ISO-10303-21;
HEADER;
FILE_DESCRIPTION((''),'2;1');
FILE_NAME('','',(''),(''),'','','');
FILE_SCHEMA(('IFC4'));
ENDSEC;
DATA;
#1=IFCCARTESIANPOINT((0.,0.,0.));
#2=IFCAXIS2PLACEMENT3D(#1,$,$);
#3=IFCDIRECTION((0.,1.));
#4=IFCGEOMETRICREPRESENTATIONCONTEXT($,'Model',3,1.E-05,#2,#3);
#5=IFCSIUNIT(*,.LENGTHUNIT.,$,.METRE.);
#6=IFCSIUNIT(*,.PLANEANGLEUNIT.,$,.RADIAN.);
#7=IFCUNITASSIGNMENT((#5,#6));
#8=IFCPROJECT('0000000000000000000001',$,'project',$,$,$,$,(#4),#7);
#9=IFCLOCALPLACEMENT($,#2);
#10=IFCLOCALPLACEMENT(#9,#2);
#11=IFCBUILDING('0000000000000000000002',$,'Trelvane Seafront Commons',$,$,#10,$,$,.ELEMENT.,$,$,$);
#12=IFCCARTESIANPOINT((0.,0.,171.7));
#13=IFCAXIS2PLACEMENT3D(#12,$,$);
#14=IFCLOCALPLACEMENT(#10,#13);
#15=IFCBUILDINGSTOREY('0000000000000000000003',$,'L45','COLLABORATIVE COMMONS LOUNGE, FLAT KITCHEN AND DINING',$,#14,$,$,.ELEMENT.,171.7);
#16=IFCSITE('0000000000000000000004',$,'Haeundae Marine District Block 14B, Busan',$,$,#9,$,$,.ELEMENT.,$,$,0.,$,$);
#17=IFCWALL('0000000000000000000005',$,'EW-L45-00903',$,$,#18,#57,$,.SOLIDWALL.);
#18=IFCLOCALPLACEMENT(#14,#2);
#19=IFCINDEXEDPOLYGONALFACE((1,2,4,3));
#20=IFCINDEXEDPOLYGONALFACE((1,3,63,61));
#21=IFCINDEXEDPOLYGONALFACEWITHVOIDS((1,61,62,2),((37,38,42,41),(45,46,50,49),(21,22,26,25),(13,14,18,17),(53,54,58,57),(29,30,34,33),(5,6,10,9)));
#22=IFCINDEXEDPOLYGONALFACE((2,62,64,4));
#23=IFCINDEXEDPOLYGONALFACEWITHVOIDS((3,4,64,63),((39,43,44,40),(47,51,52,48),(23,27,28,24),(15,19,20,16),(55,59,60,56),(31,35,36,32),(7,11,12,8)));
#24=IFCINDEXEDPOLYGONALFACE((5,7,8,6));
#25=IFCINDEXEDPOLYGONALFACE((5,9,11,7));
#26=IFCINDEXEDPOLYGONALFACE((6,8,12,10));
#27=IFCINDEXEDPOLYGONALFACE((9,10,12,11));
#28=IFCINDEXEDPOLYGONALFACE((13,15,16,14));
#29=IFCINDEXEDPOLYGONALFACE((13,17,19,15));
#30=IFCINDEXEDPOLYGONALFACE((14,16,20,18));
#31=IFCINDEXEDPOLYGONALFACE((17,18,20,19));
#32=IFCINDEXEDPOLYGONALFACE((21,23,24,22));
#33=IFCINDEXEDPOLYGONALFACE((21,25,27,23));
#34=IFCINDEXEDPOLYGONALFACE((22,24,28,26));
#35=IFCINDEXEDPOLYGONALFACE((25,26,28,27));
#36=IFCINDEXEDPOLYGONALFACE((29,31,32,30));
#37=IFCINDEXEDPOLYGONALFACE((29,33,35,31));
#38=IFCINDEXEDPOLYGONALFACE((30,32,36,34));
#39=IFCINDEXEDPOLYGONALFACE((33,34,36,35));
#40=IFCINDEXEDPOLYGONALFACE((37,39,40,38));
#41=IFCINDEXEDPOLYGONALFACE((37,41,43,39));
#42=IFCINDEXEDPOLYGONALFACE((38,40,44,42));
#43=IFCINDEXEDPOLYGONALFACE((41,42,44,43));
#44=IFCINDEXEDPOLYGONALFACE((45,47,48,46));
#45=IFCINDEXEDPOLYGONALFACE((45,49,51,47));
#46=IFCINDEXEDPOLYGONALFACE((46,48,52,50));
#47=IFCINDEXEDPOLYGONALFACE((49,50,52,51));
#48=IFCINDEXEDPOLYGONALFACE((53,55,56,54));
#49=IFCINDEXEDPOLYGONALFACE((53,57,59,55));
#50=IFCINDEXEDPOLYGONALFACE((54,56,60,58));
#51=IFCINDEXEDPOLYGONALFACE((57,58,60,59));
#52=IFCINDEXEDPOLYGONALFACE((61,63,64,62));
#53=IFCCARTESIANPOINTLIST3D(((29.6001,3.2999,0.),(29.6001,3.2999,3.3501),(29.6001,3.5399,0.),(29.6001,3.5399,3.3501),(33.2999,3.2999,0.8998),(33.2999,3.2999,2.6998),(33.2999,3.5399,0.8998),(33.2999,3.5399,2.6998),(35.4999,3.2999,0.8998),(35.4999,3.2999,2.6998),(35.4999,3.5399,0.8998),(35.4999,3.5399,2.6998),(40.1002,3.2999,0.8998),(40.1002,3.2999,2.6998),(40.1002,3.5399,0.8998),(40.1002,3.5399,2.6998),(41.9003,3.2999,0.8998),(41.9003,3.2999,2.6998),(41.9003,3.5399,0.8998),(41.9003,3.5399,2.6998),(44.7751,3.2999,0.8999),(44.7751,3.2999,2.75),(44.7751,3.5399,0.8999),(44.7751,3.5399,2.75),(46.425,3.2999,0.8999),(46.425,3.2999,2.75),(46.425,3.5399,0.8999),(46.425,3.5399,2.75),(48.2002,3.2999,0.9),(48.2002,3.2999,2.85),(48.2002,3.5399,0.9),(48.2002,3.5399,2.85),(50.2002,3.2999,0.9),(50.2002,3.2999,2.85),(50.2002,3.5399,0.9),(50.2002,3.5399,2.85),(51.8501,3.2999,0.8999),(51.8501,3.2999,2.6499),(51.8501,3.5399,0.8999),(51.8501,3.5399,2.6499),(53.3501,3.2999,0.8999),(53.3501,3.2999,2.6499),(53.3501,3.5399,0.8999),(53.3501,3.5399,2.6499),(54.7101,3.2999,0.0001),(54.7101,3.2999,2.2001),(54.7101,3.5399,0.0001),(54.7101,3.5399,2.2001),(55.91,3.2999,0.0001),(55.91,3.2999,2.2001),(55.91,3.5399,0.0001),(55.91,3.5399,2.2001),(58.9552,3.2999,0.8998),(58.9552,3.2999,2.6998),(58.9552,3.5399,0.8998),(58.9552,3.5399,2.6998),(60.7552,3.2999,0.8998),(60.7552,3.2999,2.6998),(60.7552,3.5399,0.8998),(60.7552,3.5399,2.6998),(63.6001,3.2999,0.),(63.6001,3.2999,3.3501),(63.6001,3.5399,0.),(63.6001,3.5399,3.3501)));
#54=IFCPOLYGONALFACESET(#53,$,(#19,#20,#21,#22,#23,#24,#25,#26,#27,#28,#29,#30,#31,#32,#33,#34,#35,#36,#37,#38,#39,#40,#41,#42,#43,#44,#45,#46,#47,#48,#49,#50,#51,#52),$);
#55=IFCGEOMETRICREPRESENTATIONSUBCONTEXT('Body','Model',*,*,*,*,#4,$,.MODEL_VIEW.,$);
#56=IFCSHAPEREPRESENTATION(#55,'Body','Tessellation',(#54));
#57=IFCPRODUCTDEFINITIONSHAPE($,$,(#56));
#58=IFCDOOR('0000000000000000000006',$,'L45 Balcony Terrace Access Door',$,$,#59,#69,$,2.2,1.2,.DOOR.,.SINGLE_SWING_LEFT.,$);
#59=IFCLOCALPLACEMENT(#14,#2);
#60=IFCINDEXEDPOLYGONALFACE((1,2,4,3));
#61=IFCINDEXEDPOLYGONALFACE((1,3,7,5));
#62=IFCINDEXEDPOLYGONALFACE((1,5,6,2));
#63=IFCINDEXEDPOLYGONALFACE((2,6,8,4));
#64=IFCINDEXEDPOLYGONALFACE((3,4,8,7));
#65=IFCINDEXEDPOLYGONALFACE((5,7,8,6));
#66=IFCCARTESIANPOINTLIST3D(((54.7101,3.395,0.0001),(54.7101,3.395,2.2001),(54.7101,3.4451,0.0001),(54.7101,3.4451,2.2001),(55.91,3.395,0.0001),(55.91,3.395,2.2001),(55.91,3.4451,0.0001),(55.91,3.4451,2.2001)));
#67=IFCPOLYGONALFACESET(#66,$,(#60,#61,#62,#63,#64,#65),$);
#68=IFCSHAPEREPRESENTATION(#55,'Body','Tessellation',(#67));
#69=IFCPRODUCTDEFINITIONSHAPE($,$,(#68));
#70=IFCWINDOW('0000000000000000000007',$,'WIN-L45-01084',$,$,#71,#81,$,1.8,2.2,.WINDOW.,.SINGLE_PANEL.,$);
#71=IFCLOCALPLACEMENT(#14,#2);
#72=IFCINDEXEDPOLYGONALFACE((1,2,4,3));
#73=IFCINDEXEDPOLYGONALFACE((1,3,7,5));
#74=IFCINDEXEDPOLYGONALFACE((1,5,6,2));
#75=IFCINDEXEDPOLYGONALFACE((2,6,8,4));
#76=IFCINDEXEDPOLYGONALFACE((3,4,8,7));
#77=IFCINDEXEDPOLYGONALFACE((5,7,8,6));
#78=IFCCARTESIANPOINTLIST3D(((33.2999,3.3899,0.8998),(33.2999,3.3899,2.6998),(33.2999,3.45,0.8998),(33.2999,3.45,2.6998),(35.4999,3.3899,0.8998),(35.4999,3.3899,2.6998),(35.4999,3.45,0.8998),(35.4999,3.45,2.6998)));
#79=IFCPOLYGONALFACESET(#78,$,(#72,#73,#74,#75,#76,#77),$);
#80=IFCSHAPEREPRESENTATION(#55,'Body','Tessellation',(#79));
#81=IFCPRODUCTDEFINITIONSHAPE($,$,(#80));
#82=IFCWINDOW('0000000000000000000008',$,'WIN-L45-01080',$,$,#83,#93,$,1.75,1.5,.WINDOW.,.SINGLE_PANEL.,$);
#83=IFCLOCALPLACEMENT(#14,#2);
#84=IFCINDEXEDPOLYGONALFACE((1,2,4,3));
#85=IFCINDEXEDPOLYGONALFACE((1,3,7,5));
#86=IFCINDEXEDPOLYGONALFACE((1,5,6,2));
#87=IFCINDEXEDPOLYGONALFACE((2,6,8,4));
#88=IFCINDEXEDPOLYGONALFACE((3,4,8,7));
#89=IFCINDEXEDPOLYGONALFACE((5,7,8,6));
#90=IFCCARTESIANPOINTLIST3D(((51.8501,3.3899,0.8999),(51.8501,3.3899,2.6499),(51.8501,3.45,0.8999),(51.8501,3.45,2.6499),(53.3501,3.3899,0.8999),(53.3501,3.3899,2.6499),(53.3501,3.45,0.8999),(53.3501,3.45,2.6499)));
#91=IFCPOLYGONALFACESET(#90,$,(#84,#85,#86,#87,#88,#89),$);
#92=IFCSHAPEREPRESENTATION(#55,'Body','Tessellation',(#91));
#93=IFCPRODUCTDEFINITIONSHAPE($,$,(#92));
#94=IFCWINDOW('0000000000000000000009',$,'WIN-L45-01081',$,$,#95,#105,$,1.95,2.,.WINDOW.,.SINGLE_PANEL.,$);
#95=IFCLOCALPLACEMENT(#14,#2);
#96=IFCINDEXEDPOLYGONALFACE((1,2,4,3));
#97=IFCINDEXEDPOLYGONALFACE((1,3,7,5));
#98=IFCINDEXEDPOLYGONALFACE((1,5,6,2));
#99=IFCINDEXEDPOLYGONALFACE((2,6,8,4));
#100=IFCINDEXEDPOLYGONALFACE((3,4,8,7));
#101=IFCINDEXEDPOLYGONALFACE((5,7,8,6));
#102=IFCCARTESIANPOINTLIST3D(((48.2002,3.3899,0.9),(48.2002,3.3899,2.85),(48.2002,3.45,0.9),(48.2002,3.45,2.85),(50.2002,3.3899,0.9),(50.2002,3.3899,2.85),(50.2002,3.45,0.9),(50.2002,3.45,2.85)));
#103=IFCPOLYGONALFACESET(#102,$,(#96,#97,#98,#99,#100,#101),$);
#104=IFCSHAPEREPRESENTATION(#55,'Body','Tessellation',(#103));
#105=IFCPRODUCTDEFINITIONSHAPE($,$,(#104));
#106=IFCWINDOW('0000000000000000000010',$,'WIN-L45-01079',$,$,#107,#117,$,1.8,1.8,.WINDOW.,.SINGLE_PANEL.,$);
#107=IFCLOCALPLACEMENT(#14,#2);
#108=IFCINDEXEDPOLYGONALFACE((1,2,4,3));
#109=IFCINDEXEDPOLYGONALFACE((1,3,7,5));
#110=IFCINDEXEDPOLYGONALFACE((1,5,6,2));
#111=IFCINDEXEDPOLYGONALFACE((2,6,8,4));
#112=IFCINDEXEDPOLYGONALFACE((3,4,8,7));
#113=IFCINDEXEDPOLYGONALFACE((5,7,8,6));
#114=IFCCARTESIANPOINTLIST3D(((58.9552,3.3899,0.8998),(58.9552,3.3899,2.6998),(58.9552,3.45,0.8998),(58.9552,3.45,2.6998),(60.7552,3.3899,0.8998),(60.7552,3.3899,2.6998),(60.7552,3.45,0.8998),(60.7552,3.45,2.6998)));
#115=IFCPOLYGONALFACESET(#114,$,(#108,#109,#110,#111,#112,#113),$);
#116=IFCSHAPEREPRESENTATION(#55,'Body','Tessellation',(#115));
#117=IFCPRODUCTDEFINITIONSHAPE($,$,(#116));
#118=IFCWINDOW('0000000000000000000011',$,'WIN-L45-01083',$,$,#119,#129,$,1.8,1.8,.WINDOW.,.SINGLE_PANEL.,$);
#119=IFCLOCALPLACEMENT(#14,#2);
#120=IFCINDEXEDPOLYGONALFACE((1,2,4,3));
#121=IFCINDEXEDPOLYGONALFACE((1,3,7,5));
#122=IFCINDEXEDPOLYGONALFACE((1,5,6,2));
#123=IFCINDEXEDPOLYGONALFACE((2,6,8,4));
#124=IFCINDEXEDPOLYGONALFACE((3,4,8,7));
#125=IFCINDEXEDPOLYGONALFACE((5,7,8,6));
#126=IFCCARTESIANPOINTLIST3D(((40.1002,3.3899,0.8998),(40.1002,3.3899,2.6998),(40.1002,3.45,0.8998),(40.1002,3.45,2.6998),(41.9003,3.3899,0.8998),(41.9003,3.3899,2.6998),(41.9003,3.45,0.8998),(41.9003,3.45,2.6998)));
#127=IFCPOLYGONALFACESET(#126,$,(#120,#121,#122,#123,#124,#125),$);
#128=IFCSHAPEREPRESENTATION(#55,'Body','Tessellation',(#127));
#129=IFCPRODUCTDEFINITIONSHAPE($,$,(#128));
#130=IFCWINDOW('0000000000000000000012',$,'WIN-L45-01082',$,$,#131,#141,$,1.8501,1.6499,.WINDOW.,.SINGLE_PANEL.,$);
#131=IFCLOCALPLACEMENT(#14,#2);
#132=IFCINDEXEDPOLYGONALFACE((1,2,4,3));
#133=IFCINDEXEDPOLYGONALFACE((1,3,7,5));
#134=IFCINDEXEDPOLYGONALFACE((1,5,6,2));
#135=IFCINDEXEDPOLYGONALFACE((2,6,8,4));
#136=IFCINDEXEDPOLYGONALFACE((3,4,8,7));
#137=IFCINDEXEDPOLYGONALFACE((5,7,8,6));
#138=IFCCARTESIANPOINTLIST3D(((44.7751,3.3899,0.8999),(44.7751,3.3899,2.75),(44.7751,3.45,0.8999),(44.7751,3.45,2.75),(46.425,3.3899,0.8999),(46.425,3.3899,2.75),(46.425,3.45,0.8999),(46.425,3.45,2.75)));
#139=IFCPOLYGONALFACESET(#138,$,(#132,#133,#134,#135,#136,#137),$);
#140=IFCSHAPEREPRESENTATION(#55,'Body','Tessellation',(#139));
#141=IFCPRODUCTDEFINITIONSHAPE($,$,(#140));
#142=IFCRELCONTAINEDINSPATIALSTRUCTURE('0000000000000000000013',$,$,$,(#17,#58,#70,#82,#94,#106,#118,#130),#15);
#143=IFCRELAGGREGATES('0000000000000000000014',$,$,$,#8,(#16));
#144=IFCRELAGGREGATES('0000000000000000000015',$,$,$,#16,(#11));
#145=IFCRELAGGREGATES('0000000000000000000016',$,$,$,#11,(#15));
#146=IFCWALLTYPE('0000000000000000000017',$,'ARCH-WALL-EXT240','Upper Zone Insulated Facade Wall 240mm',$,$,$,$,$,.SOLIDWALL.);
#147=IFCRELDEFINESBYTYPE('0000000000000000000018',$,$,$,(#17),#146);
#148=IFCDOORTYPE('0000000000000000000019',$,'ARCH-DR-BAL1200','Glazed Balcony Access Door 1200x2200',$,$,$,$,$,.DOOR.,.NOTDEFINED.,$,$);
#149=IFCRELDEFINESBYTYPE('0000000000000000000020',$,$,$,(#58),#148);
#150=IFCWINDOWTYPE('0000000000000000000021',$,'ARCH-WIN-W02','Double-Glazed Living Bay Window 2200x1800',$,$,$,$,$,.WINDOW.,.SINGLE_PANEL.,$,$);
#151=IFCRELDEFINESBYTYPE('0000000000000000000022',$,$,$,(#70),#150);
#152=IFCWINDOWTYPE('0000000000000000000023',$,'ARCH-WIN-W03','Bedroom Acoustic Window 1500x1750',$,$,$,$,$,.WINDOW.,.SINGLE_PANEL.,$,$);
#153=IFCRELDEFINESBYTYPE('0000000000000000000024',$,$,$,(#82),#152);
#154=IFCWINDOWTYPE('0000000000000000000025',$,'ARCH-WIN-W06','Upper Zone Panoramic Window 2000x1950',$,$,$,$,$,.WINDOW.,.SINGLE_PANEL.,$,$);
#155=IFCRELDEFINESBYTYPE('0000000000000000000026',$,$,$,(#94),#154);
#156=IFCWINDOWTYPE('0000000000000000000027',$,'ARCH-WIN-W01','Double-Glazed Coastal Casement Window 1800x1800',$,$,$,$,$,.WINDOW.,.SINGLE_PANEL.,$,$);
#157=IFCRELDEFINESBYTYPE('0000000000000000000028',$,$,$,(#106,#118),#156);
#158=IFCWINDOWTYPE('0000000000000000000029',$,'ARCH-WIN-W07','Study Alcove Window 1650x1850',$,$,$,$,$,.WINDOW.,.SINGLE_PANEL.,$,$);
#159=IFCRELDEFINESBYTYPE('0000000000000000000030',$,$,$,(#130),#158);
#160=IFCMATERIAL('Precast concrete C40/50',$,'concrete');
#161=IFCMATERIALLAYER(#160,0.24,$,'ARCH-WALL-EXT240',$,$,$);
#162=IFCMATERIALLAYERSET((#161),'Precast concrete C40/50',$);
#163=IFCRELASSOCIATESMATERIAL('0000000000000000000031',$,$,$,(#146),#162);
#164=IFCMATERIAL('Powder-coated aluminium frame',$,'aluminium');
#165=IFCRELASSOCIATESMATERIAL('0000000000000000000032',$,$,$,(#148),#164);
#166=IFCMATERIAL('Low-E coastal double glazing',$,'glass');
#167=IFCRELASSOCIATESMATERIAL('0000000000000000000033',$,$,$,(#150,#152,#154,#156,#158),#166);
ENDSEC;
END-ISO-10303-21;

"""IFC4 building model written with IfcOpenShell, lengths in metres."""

from ifc_helpers import new_model, si_unit, direction, frame, frame_2d, origin, place, context, subcontext, project, spatial, rectangle, extrude, source, transform, mapped, material, layer, layer_set, type_object, element, fill, save


model = new_model("IFC4")

# Units and contexts
model_context = context("Model", 3, precision=1e-05, world=origin(), true_north=direction((0.0, 1.0)))
body_context = subcontext(model_context, "Body", "Model", "MODEL_VIEW")
ifc_project = project(units=[si_unit("LENGTHUNIT", "METRE"), si_unit("PLANEANGLEUNIT", "RADIAN")], contexts=[model_context])

# Site, building, storey
site_placement = place(None, origin())
site = spatial("IfcSite", under=ifc_project, at=site_placement, Name="Haeundae Marine District Block 14B, Busan", CompositionType="ELEMENT", RefElevation=0.0)
building_placement = place(site_placement, origin())
building = spatial("IfcBuilding", under=site, at=building_placement, Name="Trelvane Seafront Commons", CompositionType="ELEMENT")
storey_placement = place(building_placement, frame((0.0, 0.0, 171.7)))
storey = spatial("IfcBuildingStorey", under=building, at=storey_placement, Name="L45", Description="COLLABORATIVE COMMONS LOUNGE, FLAT KITCHEN AND DINING", CompositionType="ELEMENT", Elevation=171.7)

# Shared definitions
ifc_material_1 = material(Name="Precast concrete C40/50", Category="concrete")
ifc_layer_1 = layer(ifc_material_1, 0.24, Name="ARCH-WALL-EXT240")
ifc_layer_set_1 = layer_set([ifc_layer_1], Name="Precast concrete C40/50")
wall_type_1 = type_object("IfcWallType", Name="ARCH-WALL-EXT240", Description="Upper Zone Insulated Facade Wall 240mm", PredefinedType="SOLIDWALL", material=ifc_layer_set_1)

# Wall, openings, door, windows
wall_1_placement = place(storey_placement, frame((63.6001, 3.4199, 0.0), z_axis=(0.0, 0.0, 1.0), x_axis=(-1.0, 0.0, 0.0)))
wall_1 = element("IfcWall", 1, at=wall_1_placement, inside=storey, type_object=wall_type_1, Name="EW-L45-00903", PredefinedType="SOLIDWALL", context=body_context, shape_type="SweptSolid", body=[
    extrude(rectangle(XDim=34.0, YDim=0.24, at=frame_2d((17.0, 0.0))), origin(), (0.0, 0.0, 1.0), 3.3501),
])
opening_1_placement = place(wall_1_placement, frame((2.845, 0.0, 0.8999)))
opening_1 = element("IfcOpeningElement", 2, at=opening_1_placement, cuts=wall_1, PredefinedType="OPENING", context=body_context, shape_type="SweptSolid", body=[
    extrude(rectangle(XDim=1.8, YDim=1.8, at=frame_2d((0.8999, 0.8999))), frame((0.0, 0.1299, 0.0), z_axis=(0.0, -1.0, 0.0), x_axis=(1.0, 0.0, 0.0)), (0.0, 0.0, 1.0), 0.26),
])
opening_2_placement = place(wall_1_placement, frame((7.6899, 0.0, 0.0)))
opening_2 = element("IfcOpeningElement", 3, at=opening_2_placement, cuts=wall_1, PredefinedType="OPENING", context=body_context, shape_type="SweptSolid", body=[
    extrude(rectangle(XDim=1.2, YDim=2.2, at=frame_2d((0.6001, 1.1001))), frame((0.0, 0.1299, 0.0), z_axis=(0.0, -1.0, 0.0), x_axis=(1.0, 0.0, 0.0)), (0.0, 0.0, 1.0), 0.26),
])
opening_3_placement = place(wall_1_placement, frame((10.25, 0.0, 0.8999)))
opening_3 = element("IfcOpeningElement", 4, at=opening_3_placement, cuts=wall_1, PredefinedType="OPENING", context=body_context, shape_type="SweptSolid", body=[
    extrude(rectangle(XDim=1.5, YDim=1.75, at=frame_2d((0.75, 0.875))), frame((0.0, 0.1299, 0.0), z_axis=(0.0, -1.0, 0.0), x_axis=(1.0, 0.0, 0.0)), (0.0, 0.0, 1.0), 0.26),
])
opening_4_placement = place(wall_1_placement, frame((13.3999, 0.0, 0.8999)))
opening_4 = element("IfcOpeningElement", 5, at=opening_4_placement, cuts=wall_1, PredefinedType="OPENING", context=body_context, shape_type="SweptSolid", body=[
    extrude(rectangle(XDim=2.0, YDim=1.95, at=frame_2d((1.0, 0.9751))), frame((0.0, 0.1299, 0.0), z_axis=(0.0, -1.0, 0.0), x_axis=(1.0, 0.0, 0.0)), (0.0, 0.0, 1.0), 0.26),
])
opening_5_placement = place(wall_1_placement, frame((17.175, 0.0, 0.8999)))
opening_5 = element("IfcOpeningElement", 6, at=opening_5_placement, cuts=wall_1, PredefinedType="OPENING", context=body_context, shape_type="SweptSolid", body=[
    extrude(rectangle(XDim=1.6499, YDim=1.8501, at=frame_2d((0.825, 0.925))), frame((0.0, 0.1299, 0.0), z_axis=(0.0, -1.0, 0.0), x_axis=(1.0, 0.0, 0.0)), (0.0, 0.0, 1.0), 0.26),
])
opening_6_placement = place(wall_1_placement, frame((21.7, 0.0, 0.8999)))
opening_6 = element("IfcOpeningElement", 7, at=opening_6_placement, cuts=wall_1, PredefinedType="OPENING", context=body_context, shape_type="SweptSolid", body=[
    extrude(rectangle(XDim=1.8, YDim=1.8, at=frame_2d((0.8999, 0.8999))), frame((0.0, 0.1299, 0.0), z_axis=(0.0, -1.0, 0.0), x_axis=(1.0, 0.0, 0.0)), (0.0, 0.0, 1.0), 0.26),
])
opening_7_placement = place(wall_1_placement, frame((28.1001, 0.0, 0.8999)))
opening_7 = element("IfcOpeningElement", 8, at=opening_7_placement, cuts=wall_1, PredefinedType="OPENING", context=body_context, shape_type="SweptSolid", body=[
    extrude(rectangle(XDim=2.2, YDim=1.8, at=frame_2d((1.1001, 0.8999))), frame((0.0, 0.1299, 0.0), z_axis=(0.0, -1.0, 0.0), x_axis=(1.0, 0.0, 0.0)), (0.0, 0.0, 1.0), 0.26),
])
ifc_material_2 = material(Name="Powder-coated aluminium frame", Category="aluminium")
door_type_1 = type_object("IfcDoorType", Name="ARCH-DR-BAL1200", Description="Glazed Balcony Access Door 1200x2200", OperationType="NOTDEFINED", PredefinedType="DOOR", material=ifc_material_2)
shared_shape_1 = source(origin(), body_context, "Body", "SweptSolid", [
    extrude(rectangle(XDim=1.2, YDim=2.2, at=frame_2d((0.6001, 1.1001))), frame((0.0, 0.0249, 0.0), z_axis=(0.0, -1.0, 0.0), x_axis=(1.0, 0.0, 0.0)), (0.0, 0.0, 1.0), 0.05),
])
door_1_placement = place(opening_2_placement, origin())
door_1 = element("IfcDoor", 9, at=door_1_placement, inside=storey, type_object=door_type_1, Name="L45 Balcony Terrace Access Door", OperationType="SINGLE_SWING_LEFT", OverallHeight=2.2, OverallWidth=1.2, PredefinedType="DOOR", context=body_context, shape_type="MappedRepresentation", body=[
    mapped(shared_shape_1, transform((0.0, 0.0, 0.0), x_axis=(1.0, 0.0, 0.0), y_axis=(0.0, 1.0, 0.0), z_axis=(0.0, 0.0, 1.0), scale=1.0)),
])
fill(opening_2, door_1)
ifc_material_3 = material(Name="Low-E coastal double glazing", Category="glass")
window_type_1 = type_object("IfcWindowType", Name="ARCH-WIN-W02", Description="Double-Glazed Living Bay Window 2200x1800", PartitioningType="SINGLE_PANEL", PredefinedType="WINDOW", material=ifc_material_3)
shared_shape_2 = source(origin(), body_context, "Body", "SweptSolid", [
    extrude(rectangle(XDim=2.2, YDim=1.8, at=frame_2d((1.1001, 0.8999))), frame((0.0, 0.03, 0.0), z_axis=(0.0, -1.0, 0.0), x_axis=(1.0, 0.0, 0.0)), (0.0, 0.0, 1.0), 0.0601),
])
window_1_placement = place(opening_7_placement, origin())
window_1 = element("IfcWindow", 10, at=window_1_placement, inside=storey, type_object=window_type_1, Name="WIN-L45-01084", OverallHeight=1.8, OverallWidth=2.2, PartitioningType="SINGLE_PANEL", PredefinedType="WINDOW", context=body_context, shape_type="MappedRepresentation", body=[
    mapped(shared_shape_2, transform((0.0, 0.0, 0.0), x_axis=(1.0, 0.0, 0.0), y_axis=(0.0, 1.0, 0.0), z_axis=(0.0, 0.0, 1.0), scale=1.0)),
])
fill(opening_7, window_1)
window_type_2 = type_object("IfcWindowType", Name="ARCH-WIN-W03", Description="Bedroom Acoustic Window 1500x1750", PartitioningType="SINGLE_PANEL", PredefinedType="WINDOW", material=ifc_material_3)
shared_shape_3 = source(origin(), body_context, "Body", "SweptSolid", [
    extrude(rectangle(XDim=1.5, YDim=1.75, at=frame_2d((0.75, 0.875))), frame((0.0, 0.03, 0.0), z_axis=(0.0, -1.0, 0.0), x_axis=(1.0, 0.0, 0.0)), (0.0, 0.0, 1.0), 0.0601),
])
window_2_placement = place(opening_3_placement, origin())
window_2 = element("IfcWindow", 11, at=window_2_placement, inside=storey, type_object=window_type_2, Name="WIN-L45-01080", OverallHeight=1.75, OverallWidth=1.5, PartitioningType="SINGLE_PANEL", PredefinedType="WINDOW", context=body_context, shape_type="MappedRepresentation", body=[
    mapped(shared_shape_3, transform((0.0, 0.0, 0.0), x_axis=(1.0, 0.0, 0.0), y_axis=(0.0, 1.0, 0.0), z_axis=(0.0, 0.0, 1.0), scale=1.0)),
])
fill(opening_3, window_2)
window_type_3 = type_object("IfcWindowType", Name="ARCH-WIN-W06", Description="Upper Zone Panoramic Window 2000x1950", PartitioningType="SINGLE_PANEL", PredefinedType="WINDOW", material=ifc_material_3)
shared_shape_4 = source(origin(), body_context, "Body", "SweptSolid", [
    extrude(rectangle(XDim=2.0, YDim=1.95, at=frame_2d((1.0, 0.9751))), frame((0.0, 0.03, 0.0), z_axis=(0.0, -1.0, 0.0), x_axis=(1.0, 0.0, 0.0)), (0.0, 0.0, 1.0), 0.0601),
])
window_3_placement = place(opening_4_placement, origin())
window_3 = element("IfcWindow", 12, at=window_3_placement, inside=storey, type_object=window_type_3, Name="WIN-L45-01081", OverallHeight=1.95, OverallWidth=2.0, PartitioningType="SINGLE_PANEL", PredefinedType="WINDOW", context=body_context, shape_type="MappedRepresentation", body=[
    mapped(shared_shape_4, transform((0.0, 0.0, 0.0), x_axis=(1.0, 0.0, 0.0), y_axis=(0.0, 1.0, 0.0), z_axis=(0.0, 0.0, 1.0), scale=1.0)),
])
fill(opening_4, window_3)
window_type_4 = type_object("IfcWindowType", Name="ARCH-WIN-W01", Description="Double-Glazed Coastal Casement Window 1800x1800", PartitioningType="SINGLE_PANEL", PredefinedType="WINDOW", material=ifc_material_3)
shared_shape_5 = source(origin(), body_context, "Body", "SweptSolid", [
    extrude(rectangle(XDim=1.8, YDim=1.8, at=frame_2d((0.8999, 0.8999))), frame((0.0, 0.03, 0.0), z_axis=(0.0, -1.0, 0.0), x_axis=(1.0, 0.0, 0.0)), (0.0, 0.0, 1.0), 0.0601),
])
window_4_placement = place(opening_1_placement, origin())
window_4 = element("IfcWindow", 13, at=window_4_placement, inside=storey, type_object=window_type_4, Name="WIN-L45-01079", OverallHeight=1.8, OverallWidth=1.8, PartitioningType="SINGLE_PANEL", PredefinedType="WINDOW", context=body_context, shape_type="MappedRepresentation", body=[
    mapped(shared_shape_5, transform((0.0, 0.0, 0.0), x_axis=(1.0, 0.0, 0.0), y_axis=(0.0, 1.0, 0.0), z_axis=(0.0, 0.0, 1.0), scale=1.0)),
])
fill(opening_1, window_4)
window_5_placement = place(opening_6_placement, origin())
window_5 = element("IfcWindow", 14, at=window_5_placement, inside=storey, type_object=window_type_4, Name="WIN-L45-01083", OverallHeight=1.8, OverallWidth=1.8, PartitioningType="SINGLE_PANEL", PredefinedType="WINDOW", context=body_context, shape_type="MappedRepresentation", body=[
    mapped(shared_shape_5, transform((0.0, 0.0, 0.0), x_axis=(1.0, 0.0, 0.0), y_axis=(0.0, 1.0, 0.0), z_axis=(0.0, 0.0, 1.0), scale=1.0)),
])
fill(opening_6, window_5)
window_type_5 = type_object("IfcWindowType", Name="ARCH-WIN-W07", Description="Study Alcove Window 1650x1850", PartitioningType="SINGLE_PANEL", PredefinedType="WINDOW", material=ifc_material_3)
shared_shape_6 = source(origin(), body_context, "Body", "SweptSolid", [
    extrude(rectangle(XDim=1.6499, YDim=1.8501, at=frame_2d((0.825, 0.925))), frame((0.0, 0.03, 0.0), z_axis=(0.0, -1.0, 0.0), x_axis=(1.0, 0.0, 0.0)), (0.0, 0.0, 1.0), 0.0601),
])
window_6_placement = place(opening_5_placement, origin())
window_6 = element("IfcWindow", 15, at=window_6_placement, inside=storey, type_object=window_type_5, Name="WIN-L45-01082", OverallHeight=1.8501, OverallWidth=1.6499, PartitioningType="SINGLE_PANEL", PredefinedType="WINDOW", context=body_context, shape_type="MappedRepresentation", body=[
    mapped(shared_shape_6, transform((0.0, 0.0, 0.0), x_axis=(1.0, 0.0, 0.0), y_axis=(0.0, 1.0, 0.0), z_axis=(0.0, 0.0, 1.0), scale=1.0)),
])
fill(opening_5, window_6)

save(model, "model.ifc")
